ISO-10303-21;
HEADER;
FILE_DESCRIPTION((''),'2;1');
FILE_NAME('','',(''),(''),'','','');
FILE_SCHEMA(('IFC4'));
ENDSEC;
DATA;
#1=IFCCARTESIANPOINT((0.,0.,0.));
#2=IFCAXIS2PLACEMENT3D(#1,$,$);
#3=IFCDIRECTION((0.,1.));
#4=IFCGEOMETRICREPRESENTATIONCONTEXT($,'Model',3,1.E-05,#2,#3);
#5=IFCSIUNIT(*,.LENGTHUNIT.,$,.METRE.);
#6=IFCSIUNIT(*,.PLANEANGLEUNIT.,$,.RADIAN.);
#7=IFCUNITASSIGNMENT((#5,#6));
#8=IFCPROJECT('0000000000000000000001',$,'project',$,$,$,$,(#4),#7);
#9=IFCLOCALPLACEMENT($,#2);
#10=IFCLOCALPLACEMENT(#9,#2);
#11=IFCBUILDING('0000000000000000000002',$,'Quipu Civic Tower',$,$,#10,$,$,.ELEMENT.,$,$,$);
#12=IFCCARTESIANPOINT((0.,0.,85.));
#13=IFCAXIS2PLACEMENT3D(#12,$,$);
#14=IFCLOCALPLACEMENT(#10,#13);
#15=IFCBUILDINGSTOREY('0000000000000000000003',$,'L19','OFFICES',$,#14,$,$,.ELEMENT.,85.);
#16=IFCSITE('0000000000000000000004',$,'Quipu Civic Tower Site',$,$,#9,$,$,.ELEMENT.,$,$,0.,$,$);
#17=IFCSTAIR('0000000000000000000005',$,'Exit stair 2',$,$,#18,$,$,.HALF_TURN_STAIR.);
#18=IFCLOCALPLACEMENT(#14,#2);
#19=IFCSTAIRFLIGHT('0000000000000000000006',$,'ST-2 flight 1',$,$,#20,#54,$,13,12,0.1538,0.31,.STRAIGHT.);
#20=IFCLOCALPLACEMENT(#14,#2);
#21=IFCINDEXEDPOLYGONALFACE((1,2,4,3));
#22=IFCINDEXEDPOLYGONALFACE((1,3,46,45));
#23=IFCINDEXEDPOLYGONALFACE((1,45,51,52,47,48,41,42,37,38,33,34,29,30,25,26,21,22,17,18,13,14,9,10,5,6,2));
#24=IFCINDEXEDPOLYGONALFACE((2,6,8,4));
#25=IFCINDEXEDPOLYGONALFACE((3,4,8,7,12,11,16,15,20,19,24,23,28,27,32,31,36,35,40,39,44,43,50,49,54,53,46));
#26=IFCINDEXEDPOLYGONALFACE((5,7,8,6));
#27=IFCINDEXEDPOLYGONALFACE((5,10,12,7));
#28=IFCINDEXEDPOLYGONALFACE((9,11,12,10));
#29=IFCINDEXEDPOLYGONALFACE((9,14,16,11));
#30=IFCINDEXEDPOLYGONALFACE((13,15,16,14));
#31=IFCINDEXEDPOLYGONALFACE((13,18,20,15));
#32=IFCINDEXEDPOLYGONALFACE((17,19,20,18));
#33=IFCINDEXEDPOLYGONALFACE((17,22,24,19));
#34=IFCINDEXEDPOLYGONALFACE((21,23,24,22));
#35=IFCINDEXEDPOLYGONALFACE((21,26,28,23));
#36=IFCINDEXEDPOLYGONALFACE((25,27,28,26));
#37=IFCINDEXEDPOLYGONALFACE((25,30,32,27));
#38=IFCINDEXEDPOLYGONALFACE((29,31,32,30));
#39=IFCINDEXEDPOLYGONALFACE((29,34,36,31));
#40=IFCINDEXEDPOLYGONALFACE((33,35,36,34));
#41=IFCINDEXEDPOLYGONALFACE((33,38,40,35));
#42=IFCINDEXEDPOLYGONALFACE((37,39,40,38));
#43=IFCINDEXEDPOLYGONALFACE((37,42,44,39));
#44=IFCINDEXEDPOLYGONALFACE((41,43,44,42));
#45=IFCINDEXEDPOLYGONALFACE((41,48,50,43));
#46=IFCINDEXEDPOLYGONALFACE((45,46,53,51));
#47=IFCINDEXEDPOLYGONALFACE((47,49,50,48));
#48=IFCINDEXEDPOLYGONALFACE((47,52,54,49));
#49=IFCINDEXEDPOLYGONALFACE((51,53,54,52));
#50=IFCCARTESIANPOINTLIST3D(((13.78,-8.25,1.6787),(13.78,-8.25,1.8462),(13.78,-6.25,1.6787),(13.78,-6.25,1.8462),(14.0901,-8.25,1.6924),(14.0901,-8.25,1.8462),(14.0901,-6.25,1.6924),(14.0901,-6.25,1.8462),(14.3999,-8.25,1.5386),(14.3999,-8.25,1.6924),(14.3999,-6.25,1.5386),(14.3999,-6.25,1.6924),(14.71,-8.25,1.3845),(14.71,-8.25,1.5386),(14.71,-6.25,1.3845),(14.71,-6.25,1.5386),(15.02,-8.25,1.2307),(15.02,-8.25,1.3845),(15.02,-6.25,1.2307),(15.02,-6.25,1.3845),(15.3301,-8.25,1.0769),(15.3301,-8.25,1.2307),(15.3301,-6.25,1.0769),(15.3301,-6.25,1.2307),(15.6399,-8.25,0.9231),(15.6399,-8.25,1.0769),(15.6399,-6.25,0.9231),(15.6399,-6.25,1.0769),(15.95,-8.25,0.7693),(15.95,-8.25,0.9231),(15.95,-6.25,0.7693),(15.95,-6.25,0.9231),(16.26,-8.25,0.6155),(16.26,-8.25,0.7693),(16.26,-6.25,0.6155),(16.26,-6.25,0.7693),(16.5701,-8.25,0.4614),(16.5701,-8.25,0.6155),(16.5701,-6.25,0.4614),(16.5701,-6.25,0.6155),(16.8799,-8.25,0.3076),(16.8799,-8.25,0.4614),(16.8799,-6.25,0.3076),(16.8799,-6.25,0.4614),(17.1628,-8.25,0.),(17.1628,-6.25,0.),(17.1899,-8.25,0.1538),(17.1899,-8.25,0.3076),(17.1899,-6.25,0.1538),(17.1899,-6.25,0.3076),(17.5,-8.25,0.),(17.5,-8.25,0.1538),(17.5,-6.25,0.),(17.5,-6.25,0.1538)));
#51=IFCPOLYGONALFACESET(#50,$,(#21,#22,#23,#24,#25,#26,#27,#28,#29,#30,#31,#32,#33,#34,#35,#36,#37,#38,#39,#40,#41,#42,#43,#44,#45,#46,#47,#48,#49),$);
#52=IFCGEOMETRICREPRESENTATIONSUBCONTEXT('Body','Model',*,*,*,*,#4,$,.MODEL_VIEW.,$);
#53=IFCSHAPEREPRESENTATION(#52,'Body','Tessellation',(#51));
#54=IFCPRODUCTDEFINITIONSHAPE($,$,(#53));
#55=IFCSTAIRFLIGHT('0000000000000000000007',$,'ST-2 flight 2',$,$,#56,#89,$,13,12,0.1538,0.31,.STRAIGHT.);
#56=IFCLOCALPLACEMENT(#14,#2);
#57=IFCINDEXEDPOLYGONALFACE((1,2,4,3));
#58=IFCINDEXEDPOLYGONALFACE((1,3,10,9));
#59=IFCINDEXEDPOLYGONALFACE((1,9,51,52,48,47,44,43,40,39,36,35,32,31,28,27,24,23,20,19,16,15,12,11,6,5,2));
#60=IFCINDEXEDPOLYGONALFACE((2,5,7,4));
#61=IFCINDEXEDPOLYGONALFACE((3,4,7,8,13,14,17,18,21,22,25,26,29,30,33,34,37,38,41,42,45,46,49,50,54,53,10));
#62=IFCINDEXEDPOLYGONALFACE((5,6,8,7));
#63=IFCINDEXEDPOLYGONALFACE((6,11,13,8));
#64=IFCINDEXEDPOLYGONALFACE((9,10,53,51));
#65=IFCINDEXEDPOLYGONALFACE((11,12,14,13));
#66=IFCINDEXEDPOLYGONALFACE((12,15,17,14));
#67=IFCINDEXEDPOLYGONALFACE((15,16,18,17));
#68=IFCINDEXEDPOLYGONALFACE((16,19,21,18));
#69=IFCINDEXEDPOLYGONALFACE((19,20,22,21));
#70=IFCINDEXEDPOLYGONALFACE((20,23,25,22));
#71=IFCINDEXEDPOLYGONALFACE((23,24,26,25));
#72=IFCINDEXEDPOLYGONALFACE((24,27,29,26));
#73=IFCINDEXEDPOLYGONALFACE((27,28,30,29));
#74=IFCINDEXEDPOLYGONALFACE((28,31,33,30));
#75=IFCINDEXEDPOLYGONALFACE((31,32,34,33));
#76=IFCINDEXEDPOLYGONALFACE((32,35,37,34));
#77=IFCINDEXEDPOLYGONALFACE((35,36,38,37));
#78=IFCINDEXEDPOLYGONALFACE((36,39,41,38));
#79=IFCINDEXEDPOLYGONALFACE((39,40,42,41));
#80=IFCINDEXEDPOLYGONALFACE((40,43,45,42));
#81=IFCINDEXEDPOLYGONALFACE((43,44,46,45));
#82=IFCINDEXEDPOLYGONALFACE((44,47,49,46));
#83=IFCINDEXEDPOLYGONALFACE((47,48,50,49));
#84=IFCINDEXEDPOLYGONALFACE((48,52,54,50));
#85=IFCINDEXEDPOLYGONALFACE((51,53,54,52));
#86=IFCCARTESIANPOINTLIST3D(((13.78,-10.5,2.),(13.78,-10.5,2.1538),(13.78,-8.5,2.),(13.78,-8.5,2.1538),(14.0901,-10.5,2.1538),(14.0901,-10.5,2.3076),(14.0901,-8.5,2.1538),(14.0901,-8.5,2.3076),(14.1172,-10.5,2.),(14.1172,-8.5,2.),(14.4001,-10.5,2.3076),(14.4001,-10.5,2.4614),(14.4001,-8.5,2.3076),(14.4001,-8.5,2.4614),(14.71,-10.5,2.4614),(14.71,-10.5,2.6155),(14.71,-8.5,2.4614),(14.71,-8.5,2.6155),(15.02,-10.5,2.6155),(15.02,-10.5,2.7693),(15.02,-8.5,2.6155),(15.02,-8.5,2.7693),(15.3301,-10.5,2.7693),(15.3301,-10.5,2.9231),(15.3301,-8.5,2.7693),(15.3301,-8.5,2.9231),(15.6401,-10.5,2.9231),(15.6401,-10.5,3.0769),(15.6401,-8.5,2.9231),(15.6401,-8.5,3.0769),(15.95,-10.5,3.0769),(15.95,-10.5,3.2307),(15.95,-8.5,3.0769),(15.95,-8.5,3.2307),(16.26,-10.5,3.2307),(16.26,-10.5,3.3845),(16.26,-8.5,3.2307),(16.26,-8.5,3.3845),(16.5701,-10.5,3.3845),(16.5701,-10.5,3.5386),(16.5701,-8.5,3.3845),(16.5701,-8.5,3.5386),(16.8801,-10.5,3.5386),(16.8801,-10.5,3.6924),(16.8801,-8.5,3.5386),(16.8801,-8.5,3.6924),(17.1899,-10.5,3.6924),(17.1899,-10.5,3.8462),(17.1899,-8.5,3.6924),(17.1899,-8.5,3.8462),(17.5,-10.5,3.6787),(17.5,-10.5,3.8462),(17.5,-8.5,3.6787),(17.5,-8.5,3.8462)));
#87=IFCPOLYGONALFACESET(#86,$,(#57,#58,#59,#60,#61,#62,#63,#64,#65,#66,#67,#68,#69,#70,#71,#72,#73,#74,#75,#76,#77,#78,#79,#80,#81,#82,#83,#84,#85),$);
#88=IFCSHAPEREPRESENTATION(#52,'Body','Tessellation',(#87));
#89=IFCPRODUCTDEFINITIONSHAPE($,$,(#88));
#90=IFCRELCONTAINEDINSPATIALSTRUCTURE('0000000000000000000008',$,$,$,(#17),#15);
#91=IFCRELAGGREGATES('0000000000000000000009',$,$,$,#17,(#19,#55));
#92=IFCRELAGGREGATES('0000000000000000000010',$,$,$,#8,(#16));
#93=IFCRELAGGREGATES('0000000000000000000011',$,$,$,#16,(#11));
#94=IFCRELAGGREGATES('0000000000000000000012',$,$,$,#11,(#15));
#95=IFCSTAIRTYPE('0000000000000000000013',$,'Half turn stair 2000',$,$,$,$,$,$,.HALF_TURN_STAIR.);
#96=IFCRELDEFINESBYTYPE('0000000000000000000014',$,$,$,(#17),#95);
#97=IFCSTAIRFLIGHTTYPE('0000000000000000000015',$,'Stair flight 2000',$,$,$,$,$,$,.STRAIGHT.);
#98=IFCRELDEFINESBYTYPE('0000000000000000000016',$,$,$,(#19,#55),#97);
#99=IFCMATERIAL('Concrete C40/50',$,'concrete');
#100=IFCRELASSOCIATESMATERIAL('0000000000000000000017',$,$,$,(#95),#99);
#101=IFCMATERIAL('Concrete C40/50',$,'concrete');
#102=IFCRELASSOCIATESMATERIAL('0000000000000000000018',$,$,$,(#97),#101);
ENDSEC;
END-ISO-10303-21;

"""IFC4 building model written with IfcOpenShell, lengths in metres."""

from ifc_helpers import new_model, si_unit, direction, frame, origin, place, context, subcontext, project, spatial, polyline, outline, extrude, material, type_object, element, aggregate, save


model = new_model("IFC4")

# Units and contexts
model_context = context("Model", 3, precision=1e-05, world=origin(), true_north=direction((0.0, 1.0)))
body_context = subcontext(model_context, "Body", "Model", "MODEL_VIEW")
ifc_project = project(units=[si_unit("LENGTHUNIT", "METRE"), si_unit("PLANEANGLEUNIT", "RADIAN")], contexts=[model_context])

# Site, building, storey
site_placement = place(None, origin())
site = spatial("IfcSite", under=ifc_project, at=site_placement, Name="Quipu Civic Tower Site", CompositionType="ELEMENT", RefElevation=0.0)
building_placement = place(site_placement, origin())
building = spatial("IfcBuilding", under=site, at=building_placement, Name="Quipu Civic Tower", CompositionType="ELEMENT")
storey_placement = place(building_placement, frame((0.0, 0.0, 85.0)))
storey = spatial("IfcBuildingStorey", under=building, at=storey_placement, Name="L19", Description="OFFICES", CompositionType="ELEMENT", Elevation=85.0)

# Stair, stair flights
ifc_material_1 = material(Name="Concrete C40/50", Category="concrete")
stair_type = type_object("IfcStairType", Name="Half turn stair 2000", PredefinedType="HALF_TURN_STAIR", material=ifc_material_1)
stair_placement = place(storey_placement, origin())
stair = element("IfcStair", 1, at=stair_placement, inside=storey, type_object=stair_type, Name="Exit stair 2", PredefinedType="HALF_TURN_STAIR")
ifc_material_2 = material(Name="Concrete C40/50", Category="concrete")
stair_flight_type = type_object("IfcStairFlightType", Name="Stair flight 2000", PredefinedType="STRAIGHT", material=ifc_material_2)
stair_flight_1_placement = place(storey_placement, frame((17.5, -7.25, 0.0), z_axis=(0.0, 0.0, 1.0), x_axis=(-1.0, 0.0, 0.0)))
stair_flight_1 = element("IfcStairFlight", 2, at=stair_flight_1_placement, type_object=stair_flight_type, Name="ST-2 flight 1", NumberOfRisers=13, NumberOfTreads=12, PredefinedType="STRAIGHT", RiserHeight=0.1538, TreadLength=0.31, context=body_context, shape_type="SweptSolid", body=[
    extrude(outline(polyline([(0.0, 0.0), (0.0, 0.1538), (0.3101, 0.1538), (0.3101, 0.3076), (0.6201, 0.3076), (0.6201, 0.4614), (0.9299, 0.4614), (0.9299, 0.6155), (1.24, 0.6155), (1.24, 0.7693), (1.55, 0.7693), (1.55, 0.9231), (1.8601, 0.9231), (1.8601, 1.0769), (2.1699, 1.0769), (2.1699, 1.2307), (2.48, 1.2307), (2.48, 1.3845), (2.79, 1.3845), (2.79, 1.5386), (3.1001, 1.5386), (3.1001, 1.6924), (3.4099, 1.6924), (3.4099, 1.8462), (3.72, 1.8462), (3.72, 2.0), (3.72, 1.6787), (0.3372, 0.0), (0.0, 0.0)])), frame((0.0, 1.0, 0.0), z_axis=(0.0, -1.0, 0.0), x_axis=(1.0, 0.0, 0.0)), (0.0, 0.0, 1.0), 2.0),
])
stair_flight_2_placement = place(storey_placement, frame((13.78, -9.5, 2.0), z_axis=(0.0, 0.0, 1.0), x_axis=(1.0, 0.0, 0.0)))
stair_flight_2 = element("IfcStairFlight", 3, at=stair_flight_2_placement, type_object=stair_flight_type, Name="ST-2 flight 2", NumberOfRisers=13, NumberOfTreads=12, PredefinedType="STRAIGHT", RiserHeight=0.1538, TreadLength=0.31, context=body_context, shape_type="SweptSolid", body=[
    extrude(outline(polyline([(0.0, 0.0), (0.0, 0.1538), (0.3101, 0.1538), (0.3101, 0.3076), (0.6201, 0.3076), (0.6201, 0.4614), (0.9299, 0.4614), (0.9299, 0.6155), (1.24, 0.6155), (1.24, 0.7693), (1.55, 0.7693), (1.55, 0.9231), (1.8601, 0.9231), (1.8601, 1.0769), (2.1699, 1.0769), (2.1699, 1.2307), (2.48, 1.2307), (2.48, 1.3845), (2.79, 1.3845), (2.79, 1.5386), (3.1001, 1.5386), (3.1001, 1.6924), (3.4099, 1.6924), (3.4099, 1.8462), (3.72, 1.8462), (3.72, 2.0), (3.72, 1.6787), (0.3372, 0.0), (0.0, 0.0)])), frame((0.0, 1.0, 0.0), z_axis=(0.0, -1.0, 0.0), x_axis=(1.0, 0.0, 0.0)), (0.0, 0.0, 1.0), 2.0),
])
aggregate(stair, [stair_flight_1, stair_flight_2])

save(model, "model.ifc")
